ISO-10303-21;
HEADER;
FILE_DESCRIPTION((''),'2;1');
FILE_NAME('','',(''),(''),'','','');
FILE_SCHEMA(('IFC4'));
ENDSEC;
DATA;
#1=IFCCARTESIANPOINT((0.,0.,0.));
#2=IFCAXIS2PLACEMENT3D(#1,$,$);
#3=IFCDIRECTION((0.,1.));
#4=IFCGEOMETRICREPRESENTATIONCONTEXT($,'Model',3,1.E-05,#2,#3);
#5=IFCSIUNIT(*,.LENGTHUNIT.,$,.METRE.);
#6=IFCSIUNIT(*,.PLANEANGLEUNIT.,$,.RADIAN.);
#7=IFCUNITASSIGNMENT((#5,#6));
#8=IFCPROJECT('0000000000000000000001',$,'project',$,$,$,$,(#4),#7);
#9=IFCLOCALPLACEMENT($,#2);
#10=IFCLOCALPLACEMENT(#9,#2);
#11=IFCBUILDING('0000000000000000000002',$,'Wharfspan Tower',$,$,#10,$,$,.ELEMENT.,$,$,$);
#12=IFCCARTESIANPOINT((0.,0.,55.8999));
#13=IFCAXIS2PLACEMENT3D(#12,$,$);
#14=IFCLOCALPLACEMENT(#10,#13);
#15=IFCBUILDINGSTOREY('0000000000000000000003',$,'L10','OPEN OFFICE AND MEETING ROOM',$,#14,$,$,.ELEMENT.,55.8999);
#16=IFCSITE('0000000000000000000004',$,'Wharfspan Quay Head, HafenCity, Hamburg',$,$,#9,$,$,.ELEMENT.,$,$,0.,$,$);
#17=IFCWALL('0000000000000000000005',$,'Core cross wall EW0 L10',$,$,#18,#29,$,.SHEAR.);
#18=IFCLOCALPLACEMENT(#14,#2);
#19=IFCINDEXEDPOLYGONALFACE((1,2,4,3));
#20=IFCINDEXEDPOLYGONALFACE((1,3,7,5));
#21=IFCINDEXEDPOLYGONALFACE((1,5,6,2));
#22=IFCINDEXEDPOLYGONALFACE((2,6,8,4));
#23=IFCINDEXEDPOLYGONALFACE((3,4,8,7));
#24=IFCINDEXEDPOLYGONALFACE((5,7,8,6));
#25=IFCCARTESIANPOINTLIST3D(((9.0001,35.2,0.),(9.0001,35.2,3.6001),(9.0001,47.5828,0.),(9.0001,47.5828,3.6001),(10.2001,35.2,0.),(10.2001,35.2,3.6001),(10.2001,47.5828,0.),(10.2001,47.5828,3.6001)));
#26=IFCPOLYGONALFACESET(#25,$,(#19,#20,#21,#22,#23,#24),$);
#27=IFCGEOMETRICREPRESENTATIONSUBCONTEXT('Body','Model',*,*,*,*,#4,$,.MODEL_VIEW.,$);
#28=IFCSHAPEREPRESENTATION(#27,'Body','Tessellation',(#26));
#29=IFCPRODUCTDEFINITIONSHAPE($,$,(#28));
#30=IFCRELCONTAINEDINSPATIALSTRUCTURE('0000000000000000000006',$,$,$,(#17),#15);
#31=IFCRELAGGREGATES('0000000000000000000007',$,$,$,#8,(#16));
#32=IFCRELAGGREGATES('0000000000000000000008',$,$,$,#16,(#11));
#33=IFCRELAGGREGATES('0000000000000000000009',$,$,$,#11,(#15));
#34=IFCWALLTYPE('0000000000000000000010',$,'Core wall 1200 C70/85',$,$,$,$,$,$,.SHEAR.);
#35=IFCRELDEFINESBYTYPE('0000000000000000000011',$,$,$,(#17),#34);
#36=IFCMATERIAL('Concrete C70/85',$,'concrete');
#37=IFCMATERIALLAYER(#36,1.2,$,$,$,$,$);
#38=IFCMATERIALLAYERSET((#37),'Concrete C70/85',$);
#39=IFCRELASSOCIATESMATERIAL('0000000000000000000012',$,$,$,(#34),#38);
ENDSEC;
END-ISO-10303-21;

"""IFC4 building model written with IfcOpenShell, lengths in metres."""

from ifc_helpers import new_model, si_unit, direction, frame, frame_2d, origin, place, context, subcontext, project, spatial, rectangle, extrude, material, layer, layer_set, type_object, element, save


model = new_model("IFC4")

# Units and contexts
model_context = context("Model", 3, precision=1e-05, world=origin(), true_north=direction((0.0, 1.0)))
body_context = subcontext(model_context, "Body", "Model", "MODEL_VIEW")
ifc_project = project(units=[si_unit("LENGTHUNIT", "METRE"), si_unit("PLANEANGLEUNIT", "RADIAN")], contexts=[model_context])

# Site, building, storey
site_placement = place(None, origin())
site = spatial("IfcSite", under=ifc_project, at=site_placement, Name="Wharfspan Quay Head, HafenCity, Hamburg", CompositionType="ELEMENT", RefElevation=0.0)
building_placement = place(site_placement, origin())
building = spatial("IfcBuilding", under=site, at=building_placement, Name="Wharfspan Tower", CompositionType="ELEMENT")
storey_placement = place(building_placement, frame((0.0, 0.0, 55.8999)))
storey = spatial("IfcBuildingStorey", under=building, at=storey_placement, Name="L10", Description="OPEN OFFICE AND MEETING ROOM", CompositionType="ELEMENT", Elevation=55.8999)

# Shared definitions
ifc_material_1 = material(Name="Concrete C70/85", Category="concrete")
ifc_layer = layer(ifc_material_1, 1.2)
ifc_layer_set = layer_set([ifc_layer], Name="Concrete C70/85")
wall_type = type_object("IfcWallType", Name="Core wall 1200 C70/85", PredefinedType="SHEAR", material=ifc_layer_set)

# Wall
wall_1_placement = place(storey_placement, frame((9.6001, 35.2, 0.0), z_axis=(0.0, 0.0, 1.0), x_axis=(0.0, 1.0, 0.0)))
element("IfcWall", 1, at=wall_1_placement, inside=storey, type_object=wall_type, Name="Core cross wall EW0 L10", PredefinedType="SHEAR", context=body_context, shape_type="SweptSolid", body=[
    extrude(rectangle(XDim=12.3828, YDim=1.2, at=frame_2d((6.1914, 0.0))), origin(), (0.0, 0.0, 1.0), 3.6001),
])

save(model, "model.ifc")
